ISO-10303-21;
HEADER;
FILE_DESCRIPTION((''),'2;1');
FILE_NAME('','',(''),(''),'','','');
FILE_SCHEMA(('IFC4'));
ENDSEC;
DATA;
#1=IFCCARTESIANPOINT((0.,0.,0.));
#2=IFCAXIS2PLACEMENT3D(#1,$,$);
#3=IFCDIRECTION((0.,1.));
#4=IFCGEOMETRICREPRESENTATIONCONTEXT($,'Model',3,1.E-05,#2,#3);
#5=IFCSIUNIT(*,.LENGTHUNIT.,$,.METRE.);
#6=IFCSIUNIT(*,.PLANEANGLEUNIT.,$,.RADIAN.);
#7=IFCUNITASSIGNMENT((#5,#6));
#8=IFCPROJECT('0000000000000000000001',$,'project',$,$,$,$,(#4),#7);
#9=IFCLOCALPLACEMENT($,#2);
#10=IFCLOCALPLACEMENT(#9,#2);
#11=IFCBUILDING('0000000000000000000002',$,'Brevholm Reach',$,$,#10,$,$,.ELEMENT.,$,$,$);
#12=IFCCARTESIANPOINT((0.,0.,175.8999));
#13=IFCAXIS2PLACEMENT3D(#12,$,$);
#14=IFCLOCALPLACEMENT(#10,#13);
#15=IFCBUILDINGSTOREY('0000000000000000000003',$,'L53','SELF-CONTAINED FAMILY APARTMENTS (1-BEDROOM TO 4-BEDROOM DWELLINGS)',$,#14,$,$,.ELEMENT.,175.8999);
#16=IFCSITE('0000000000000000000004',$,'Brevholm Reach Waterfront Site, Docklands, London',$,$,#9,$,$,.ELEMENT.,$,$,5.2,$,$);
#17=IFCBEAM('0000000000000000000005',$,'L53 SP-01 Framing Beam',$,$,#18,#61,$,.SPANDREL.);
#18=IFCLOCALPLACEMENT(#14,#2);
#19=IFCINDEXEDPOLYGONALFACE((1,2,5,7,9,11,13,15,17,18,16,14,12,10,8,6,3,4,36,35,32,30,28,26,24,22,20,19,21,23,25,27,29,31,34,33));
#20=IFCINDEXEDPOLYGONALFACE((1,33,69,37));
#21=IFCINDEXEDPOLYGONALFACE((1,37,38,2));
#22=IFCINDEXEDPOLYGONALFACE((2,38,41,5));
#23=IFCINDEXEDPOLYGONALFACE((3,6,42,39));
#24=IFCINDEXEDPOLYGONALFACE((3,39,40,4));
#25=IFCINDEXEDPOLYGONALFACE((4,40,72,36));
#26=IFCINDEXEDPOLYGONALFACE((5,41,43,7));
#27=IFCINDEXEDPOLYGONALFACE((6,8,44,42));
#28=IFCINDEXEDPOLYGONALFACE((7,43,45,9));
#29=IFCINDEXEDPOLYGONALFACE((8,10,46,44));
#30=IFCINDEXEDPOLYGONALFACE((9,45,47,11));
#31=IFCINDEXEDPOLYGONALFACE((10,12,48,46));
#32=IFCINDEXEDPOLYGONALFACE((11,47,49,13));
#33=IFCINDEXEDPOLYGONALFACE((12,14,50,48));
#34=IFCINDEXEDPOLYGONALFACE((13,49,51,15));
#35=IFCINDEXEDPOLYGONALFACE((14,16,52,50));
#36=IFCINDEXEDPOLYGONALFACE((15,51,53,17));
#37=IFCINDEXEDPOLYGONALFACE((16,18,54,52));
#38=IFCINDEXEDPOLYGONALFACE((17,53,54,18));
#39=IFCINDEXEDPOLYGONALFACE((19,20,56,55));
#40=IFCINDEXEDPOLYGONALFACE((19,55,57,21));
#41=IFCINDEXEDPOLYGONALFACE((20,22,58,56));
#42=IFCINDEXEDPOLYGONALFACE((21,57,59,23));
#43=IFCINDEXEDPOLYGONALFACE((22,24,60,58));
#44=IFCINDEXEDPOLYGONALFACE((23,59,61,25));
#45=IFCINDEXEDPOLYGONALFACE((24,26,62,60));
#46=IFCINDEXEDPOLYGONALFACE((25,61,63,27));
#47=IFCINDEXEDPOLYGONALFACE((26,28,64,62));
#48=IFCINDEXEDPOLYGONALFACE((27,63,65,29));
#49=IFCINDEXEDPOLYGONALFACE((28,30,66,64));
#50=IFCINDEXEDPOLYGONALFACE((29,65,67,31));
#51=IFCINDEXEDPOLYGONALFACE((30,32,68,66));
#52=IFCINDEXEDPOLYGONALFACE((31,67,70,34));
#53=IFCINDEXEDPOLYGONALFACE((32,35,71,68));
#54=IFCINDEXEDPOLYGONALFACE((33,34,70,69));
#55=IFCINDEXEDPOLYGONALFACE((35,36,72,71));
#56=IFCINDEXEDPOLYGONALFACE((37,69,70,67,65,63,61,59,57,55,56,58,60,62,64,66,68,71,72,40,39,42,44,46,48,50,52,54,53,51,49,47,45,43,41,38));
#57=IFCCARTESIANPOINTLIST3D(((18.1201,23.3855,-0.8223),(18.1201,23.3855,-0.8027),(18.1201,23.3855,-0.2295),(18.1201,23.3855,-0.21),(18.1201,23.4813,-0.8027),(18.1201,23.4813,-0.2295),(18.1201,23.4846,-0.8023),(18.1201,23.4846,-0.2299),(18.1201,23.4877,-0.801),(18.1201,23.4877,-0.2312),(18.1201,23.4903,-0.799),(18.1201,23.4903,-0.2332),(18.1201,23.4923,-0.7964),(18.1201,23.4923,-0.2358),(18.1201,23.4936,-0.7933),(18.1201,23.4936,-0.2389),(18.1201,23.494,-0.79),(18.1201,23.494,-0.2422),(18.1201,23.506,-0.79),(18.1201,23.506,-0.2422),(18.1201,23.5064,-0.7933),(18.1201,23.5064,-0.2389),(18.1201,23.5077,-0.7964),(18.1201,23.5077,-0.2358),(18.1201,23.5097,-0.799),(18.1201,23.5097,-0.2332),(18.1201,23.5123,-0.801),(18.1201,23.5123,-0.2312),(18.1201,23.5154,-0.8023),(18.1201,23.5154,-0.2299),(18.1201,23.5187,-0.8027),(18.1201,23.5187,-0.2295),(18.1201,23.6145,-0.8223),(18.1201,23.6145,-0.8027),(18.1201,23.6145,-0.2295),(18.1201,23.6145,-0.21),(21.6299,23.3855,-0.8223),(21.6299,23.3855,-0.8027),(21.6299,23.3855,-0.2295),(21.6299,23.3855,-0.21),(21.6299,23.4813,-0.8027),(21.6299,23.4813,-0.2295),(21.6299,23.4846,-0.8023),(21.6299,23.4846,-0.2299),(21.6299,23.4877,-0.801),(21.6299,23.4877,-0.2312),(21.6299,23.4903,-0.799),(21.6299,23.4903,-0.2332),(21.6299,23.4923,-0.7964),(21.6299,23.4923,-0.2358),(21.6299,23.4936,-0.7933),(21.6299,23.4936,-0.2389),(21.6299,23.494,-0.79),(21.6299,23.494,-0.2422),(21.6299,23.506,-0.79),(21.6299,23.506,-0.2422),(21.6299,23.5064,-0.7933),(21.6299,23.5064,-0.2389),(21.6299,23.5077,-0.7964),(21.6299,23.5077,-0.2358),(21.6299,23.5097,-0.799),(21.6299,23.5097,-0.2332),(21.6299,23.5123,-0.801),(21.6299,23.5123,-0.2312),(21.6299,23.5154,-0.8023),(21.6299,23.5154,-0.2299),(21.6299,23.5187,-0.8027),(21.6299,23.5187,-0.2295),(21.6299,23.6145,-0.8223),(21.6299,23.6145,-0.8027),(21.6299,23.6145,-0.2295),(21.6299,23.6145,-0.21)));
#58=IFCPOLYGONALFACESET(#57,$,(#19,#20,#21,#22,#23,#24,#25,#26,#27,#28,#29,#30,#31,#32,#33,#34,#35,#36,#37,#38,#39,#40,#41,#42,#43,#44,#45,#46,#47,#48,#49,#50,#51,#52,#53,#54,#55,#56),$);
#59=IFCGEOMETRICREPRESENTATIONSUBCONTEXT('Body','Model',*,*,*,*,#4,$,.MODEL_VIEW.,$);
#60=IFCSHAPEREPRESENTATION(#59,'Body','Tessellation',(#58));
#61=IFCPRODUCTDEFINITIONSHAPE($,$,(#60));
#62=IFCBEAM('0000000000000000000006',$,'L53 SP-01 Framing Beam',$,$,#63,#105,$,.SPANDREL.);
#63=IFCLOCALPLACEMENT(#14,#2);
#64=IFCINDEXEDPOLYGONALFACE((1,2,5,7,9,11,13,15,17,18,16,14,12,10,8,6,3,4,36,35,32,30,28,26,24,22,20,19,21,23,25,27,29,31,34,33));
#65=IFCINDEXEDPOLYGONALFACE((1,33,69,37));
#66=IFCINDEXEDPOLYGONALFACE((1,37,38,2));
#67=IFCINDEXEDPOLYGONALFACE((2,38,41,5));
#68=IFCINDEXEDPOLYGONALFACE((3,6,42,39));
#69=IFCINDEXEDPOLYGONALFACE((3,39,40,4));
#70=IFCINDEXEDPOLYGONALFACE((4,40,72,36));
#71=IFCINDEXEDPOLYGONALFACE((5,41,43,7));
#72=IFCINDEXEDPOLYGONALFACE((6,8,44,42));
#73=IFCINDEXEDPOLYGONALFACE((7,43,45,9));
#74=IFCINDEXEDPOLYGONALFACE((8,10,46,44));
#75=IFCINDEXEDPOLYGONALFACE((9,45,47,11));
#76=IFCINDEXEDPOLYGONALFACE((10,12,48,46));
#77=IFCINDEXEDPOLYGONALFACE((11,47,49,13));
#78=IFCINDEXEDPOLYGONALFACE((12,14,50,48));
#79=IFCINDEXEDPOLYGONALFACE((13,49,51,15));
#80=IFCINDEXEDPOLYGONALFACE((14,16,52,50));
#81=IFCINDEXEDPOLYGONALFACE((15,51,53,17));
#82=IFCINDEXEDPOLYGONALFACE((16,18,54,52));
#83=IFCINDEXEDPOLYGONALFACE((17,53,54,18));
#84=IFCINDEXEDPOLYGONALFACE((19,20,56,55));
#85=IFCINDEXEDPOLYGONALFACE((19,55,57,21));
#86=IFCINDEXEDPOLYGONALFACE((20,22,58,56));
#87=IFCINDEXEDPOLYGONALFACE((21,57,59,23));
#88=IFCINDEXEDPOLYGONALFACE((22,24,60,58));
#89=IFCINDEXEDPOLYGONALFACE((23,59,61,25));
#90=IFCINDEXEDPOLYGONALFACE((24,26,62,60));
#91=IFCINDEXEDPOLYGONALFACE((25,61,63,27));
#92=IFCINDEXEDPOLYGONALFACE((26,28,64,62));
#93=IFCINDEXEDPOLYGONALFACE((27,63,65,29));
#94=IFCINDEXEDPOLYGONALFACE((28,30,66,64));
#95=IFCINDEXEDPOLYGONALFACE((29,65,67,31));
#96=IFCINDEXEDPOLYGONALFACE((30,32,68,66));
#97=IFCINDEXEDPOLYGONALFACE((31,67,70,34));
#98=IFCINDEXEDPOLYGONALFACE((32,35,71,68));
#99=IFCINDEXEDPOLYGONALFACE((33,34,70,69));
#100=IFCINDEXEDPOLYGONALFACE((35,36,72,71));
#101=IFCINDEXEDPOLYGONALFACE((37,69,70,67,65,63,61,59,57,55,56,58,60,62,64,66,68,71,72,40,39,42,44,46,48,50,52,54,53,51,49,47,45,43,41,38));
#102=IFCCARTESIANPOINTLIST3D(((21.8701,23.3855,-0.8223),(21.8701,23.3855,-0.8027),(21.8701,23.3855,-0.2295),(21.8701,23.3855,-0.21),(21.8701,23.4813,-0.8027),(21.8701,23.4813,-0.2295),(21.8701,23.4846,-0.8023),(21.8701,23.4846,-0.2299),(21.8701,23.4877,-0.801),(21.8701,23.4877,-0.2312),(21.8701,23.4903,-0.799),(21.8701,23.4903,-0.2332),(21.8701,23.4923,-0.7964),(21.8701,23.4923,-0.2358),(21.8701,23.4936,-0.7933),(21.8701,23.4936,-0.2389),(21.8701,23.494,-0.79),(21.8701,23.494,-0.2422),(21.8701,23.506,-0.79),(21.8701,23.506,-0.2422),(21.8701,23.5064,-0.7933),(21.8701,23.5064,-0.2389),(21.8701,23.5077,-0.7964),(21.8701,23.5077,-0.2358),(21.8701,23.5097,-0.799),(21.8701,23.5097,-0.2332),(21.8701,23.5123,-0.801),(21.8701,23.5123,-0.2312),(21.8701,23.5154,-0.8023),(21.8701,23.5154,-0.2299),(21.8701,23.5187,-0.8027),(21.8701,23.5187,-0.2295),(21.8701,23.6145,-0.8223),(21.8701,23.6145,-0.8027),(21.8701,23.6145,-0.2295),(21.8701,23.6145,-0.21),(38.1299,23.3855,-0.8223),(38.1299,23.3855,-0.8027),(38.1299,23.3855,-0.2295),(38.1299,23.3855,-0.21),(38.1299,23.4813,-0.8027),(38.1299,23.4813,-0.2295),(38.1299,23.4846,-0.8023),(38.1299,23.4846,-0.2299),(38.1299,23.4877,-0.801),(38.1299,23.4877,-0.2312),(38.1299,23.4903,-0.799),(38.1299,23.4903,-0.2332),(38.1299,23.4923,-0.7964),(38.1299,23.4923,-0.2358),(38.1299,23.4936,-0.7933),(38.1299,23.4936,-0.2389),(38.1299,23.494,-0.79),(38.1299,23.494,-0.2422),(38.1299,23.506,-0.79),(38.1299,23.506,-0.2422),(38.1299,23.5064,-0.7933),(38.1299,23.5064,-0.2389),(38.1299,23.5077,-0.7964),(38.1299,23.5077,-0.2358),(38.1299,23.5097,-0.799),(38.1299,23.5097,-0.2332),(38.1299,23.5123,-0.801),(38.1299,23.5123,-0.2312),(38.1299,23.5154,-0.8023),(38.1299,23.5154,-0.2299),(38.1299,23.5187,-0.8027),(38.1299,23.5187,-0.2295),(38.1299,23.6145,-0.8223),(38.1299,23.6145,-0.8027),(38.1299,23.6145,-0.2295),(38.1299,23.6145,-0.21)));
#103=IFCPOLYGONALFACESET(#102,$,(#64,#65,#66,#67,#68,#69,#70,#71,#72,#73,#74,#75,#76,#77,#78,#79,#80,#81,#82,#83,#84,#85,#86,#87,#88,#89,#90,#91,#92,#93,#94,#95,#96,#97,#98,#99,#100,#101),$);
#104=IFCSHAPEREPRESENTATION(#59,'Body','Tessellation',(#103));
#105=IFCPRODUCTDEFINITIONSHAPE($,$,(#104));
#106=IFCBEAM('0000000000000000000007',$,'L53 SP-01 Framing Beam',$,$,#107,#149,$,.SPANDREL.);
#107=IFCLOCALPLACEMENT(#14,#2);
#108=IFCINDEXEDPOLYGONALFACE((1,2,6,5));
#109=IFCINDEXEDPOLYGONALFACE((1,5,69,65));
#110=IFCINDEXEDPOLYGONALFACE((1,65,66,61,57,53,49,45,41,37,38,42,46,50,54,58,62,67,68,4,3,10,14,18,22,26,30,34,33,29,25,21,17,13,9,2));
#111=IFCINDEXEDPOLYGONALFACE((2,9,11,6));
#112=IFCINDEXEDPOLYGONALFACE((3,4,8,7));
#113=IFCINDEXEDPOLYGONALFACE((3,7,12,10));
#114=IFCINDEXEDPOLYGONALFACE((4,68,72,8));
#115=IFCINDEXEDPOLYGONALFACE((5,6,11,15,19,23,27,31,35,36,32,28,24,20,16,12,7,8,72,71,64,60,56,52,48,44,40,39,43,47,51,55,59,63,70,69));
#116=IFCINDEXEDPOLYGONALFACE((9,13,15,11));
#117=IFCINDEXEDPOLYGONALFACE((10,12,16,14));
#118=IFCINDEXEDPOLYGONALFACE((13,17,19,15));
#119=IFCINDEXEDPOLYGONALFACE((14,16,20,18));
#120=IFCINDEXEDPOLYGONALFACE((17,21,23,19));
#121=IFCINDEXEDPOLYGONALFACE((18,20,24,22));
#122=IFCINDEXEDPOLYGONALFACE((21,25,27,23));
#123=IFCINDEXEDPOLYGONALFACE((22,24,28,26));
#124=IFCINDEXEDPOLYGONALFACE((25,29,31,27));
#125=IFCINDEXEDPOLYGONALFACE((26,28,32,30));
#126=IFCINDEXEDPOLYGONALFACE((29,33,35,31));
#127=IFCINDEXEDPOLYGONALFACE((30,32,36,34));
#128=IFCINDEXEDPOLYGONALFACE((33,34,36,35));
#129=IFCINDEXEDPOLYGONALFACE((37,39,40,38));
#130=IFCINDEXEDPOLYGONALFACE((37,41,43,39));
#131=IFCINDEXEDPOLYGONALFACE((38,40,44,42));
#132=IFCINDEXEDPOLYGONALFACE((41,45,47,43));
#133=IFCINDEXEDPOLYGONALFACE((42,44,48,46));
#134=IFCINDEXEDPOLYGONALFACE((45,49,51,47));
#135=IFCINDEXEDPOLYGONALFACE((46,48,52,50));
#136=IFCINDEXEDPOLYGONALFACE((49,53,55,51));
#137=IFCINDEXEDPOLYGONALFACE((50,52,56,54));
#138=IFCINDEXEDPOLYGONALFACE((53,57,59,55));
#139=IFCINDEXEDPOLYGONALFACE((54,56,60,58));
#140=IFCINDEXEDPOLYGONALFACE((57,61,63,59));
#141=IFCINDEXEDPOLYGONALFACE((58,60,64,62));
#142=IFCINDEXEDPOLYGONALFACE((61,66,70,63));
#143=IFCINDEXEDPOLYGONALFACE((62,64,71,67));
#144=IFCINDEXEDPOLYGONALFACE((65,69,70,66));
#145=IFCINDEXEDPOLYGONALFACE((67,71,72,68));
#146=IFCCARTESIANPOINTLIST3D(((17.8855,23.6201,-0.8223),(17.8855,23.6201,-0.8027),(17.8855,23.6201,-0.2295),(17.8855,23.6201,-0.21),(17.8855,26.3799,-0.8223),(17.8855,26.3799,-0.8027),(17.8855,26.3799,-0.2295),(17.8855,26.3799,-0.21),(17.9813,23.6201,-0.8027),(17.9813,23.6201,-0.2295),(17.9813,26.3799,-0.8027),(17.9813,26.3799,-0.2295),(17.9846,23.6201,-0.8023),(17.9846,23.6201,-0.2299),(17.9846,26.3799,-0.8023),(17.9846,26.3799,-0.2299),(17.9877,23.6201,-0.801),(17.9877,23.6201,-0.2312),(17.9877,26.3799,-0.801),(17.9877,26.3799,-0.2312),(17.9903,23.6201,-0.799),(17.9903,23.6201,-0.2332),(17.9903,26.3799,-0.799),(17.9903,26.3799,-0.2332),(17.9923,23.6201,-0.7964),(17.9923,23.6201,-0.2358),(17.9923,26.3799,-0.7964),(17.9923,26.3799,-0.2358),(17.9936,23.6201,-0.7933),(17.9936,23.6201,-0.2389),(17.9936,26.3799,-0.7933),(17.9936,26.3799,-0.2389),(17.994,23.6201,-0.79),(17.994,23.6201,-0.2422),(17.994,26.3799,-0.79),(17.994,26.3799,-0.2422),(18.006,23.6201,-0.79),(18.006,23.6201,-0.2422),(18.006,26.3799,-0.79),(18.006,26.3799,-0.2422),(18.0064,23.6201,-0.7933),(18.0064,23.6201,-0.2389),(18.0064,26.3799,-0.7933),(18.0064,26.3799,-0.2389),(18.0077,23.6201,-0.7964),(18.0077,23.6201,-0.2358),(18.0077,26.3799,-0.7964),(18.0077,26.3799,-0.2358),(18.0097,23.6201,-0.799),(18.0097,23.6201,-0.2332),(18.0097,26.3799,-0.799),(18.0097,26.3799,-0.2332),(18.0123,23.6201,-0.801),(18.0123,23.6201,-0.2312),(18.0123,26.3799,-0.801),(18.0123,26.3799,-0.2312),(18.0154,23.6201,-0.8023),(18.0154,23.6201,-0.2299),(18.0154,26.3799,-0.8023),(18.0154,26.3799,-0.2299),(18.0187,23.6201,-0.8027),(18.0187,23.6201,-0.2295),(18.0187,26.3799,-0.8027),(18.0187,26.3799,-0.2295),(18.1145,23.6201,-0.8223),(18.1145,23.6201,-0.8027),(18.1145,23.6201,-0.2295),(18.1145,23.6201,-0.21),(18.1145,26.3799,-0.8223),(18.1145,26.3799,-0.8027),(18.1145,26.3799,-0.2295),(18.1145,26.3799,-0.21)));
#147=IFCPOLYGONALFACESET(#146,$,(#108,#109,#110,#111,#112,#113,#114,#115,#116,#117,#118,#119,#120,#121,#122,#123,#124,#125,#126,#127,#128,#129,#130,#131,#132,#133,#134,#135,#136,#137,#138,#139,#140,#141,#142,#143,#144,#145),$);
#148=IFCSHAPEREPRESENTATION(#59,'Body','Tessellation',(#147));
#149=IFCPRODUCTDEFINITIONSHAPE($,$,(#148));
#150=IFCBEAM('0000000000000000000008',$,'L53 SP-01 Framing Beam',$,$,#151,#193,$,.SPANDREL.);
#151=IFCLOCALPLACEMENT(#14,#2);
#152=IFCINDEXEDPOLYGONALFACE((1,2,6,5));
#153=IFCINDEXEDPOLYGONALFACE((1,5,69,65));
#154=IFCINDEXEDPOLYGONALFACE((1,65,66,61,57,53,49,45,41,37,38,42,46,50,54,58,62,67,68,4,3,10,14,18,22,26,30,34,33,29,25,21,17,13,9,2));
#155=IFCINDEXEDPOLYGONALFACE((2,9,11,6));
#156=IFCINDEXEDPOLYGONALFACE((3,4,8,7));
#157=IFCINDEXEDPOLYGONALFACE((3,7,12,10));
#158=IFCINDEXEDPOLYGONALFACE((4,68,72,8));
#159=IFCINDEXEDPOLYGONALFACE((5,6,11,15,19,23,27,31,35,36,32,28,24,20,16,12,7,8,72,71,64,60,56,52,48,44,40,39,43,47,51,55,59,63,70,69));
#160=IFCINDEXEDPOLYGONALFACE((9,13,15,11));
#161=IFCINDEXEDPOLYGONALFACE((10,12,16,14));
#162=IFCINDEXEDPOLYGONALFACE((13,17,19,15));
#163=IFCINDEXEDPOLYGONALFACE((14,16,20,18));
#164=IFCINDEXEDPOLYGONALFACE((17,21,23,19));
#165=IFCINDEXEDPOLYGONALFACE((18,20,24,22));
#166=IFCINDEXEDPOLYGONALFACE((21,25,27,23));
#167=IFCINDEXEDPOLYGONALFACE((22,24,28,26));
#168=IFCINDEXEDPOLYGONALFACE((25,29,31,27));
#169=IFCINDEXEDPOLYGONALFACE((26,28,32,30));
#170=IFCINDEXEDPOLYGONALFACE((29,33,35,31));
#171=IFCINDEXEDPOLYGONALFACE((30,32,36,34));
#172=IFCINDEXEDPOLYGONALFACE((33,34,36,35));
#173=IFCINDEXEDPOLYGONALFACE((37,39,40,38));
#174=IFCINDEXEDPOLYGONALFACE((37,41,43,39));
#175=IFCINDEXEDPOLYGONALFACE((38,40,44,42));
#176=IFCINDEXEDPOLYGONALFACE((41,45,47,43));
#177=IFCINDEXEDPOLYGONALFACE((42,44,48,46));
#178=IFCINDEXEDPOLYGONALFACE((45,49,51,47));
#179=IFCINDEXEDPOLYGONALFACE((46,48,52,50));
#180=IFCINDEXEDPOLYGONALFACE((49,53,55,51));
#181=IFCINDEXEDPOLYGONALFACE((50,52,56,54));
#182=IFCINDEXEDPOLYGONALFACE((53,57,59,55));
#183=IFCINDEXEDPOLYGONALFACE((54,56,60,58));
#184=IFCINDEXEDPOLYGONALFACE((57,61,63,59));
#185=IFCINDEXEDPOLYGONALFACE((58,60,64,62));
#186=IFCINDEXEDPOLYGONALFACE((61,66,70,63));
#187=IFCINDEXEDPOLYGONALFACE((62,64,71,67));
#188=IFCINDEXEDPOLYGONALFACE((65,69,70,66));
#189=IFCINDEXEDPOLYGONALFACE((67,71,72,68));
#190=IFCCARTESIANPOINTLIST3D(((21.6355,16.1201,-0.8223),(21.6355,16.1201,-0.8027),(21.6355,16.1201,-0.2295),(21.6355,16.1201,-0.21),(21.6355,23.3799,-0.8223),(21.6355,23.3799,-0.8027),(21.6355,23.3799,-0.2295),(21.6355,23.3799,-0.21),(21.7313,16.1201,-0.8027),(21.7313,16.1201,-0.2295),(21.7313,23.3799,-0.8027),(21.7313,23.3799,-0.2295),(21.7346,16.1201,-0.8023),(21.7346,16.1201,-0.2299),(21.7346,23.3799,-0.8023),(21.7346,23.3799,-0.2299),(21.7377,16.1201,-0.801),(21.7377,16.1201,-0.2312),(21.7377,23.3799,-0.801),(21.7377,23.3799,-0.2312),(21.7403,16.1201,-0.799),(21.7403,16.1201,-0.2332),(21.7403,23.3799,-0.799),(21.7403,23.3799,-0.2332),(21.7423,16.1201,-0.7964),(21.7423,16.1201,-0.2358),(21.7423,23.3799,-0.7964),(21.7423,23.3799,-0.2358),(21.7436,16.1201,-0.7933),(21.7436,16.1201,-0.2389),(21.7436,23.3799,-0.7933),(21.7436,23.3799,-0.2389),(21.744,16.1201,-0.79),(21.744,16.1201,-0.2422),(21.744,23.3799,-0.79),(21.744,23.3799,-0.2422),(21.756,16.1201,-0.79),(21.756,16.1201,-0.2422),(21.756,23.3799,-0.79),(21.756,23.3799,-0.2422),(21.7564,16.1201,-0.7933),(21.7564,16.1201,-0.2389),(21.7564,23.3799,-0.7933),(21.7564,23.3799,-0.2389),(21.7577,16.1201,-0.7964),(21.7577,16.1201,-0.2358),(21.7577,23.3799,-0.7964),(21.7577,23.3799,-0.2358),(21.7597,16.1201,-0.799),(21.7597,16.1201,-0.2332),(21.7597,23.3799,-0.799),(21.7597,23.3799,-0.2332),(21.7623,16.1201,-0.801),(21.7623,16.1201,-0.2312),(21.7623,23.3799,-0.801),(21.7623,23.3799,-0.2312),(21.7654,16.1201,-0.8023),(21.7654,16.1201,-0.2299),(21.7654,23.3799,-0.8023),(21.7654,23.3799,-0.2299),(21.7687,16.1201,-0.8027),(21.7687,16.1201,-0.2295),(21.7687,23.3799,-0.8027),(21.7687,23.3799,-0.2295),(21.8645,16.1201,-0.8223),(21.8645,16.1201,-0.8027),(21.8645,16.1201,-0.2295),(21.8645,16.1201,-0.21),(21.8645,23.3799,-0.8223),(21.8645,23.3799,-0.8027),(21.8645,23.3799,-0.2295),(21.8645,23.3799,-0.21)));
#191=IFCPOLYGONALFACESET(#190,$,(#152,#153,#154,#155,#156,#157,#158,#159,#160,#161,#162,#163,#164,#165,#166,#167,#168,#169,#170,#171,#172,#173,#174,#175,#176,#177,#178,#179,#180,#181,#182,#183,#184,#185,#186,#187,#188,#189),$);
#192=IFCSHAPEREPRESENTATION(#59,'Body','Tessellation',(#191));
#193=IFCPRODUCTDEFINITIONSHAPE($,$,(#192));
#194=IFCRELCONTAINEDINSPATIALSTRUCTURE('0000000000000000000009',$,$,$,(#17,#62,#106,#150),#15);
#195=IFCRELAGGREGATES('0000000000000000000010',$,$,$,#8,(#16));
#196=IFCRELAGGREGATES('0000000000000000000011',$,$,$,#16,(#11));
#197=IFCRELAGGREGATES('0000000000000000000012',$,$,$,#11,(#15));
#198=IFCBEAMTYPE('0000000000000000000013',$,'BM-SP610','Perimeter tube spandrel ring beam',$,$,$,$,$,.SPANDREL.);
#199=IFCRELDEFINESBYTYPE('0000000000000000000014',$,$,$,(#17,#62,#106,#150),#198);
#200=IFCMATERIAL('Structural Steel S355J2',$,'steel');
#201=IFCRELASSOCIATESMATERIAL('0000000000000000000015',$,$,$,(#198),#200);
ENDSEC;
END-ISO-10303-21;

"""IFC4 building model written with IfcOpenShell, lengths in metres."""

from ifc_helpers import new_model, si_unit, direction, frame, origin, origin_2d, place, context, subcontext, project, spatial, i_section, extrude, material, material_profile, profile_set, type_object, element, save


model = new_model("IFC4")

# Units and contexts
model_context = context("Model", 3, precision=1e-05, world=origin(), true_north=direction((0.0, 1.0)))
body_context = subcontext(model_context, "Body", "Model", "MODEL_VIEW")
ifc_project = project(units=[si_unit("LENGTHUNIT", "METRE"), si_unit("PLANEANGLEUNIT", "RADIAN")], contexts=[model_context])

# Site, building, storey
site_placement = place(None, origin())
site = spatial("IfcSite", under=ifc_project, at=site_placement, Name="Brevholm Reach Waterfront Site, Docklands, London", CompositionType="ELEMENT", RefElevation=5.2)
building_placement = place(site_placement, origin())
building = spatial("IfcBuilding", under=site, at=building_placement, Name="Brevholm Reach", CompositionType="ELEMENT")
storey_placement = place(building_placement, frame((0.0, 0.0, 175.8999)))
storey = spatial("IfcBuildingStorey", under=building, at=storey_placement, Name="L53", Description="SELF-CONTAINED FAMILY APARTMENTS (1-BEDROOM TO 4-BEDROOM DWELLINGS)", CompositionType="ELEMENT", Elevation=175.8999)

# Beams
ifc_material_1 = material(Name="Structural Steel S355J2", Category="steel")
ifc_material_profile_1 = material_profile(ifc_material_1, i_section(OverallWidth=0.229, OverallDepth=0.6123, WebThickness=0.012, FlangeThickness=0.0195, FilletRadius=0.0127, at=origin_2d()), Name="UKB 610x229x125")
ifc_profile_set_1 = profile_set([ifc_material_profile_1], Name="Structural Steel S355J2")
beam_type_1 = type_object("IfcBeamType", Name="BM-SP610", Description="Perimeter tube spandrel ring beam", PredefinedType="SPANDREL", material=ifc_profile_set_1)
for number, where, z_axis, x_axis, name in (
    (1, (18.1201, 23.5, -0.5161), (1.0, 0.0, 0.0), (0.0, 1.0, 0.0), "L53 SP-01 Framing Beam"),
):
    element("IfcBeam", number, at=place(storey_placement, frame(where, z_axis=z_axis, x_axis=x_axis)), inside=storey, type_object=beam_type_1, Name=name, PredefinedType="SPANDREL", context=body_context, shape_type="SweptSolid", body=[
        extrude(i_section(OverallWidth=0.229, OverallDepth=0.6123, WebThickness=0.012, FlangeThickness=0.0195, FilletRadius=0.0127, at=origin_2d()), origin(), (0.0, 0.0, 1.0), 3.5098),
    ])
beam_1_placement = place(storey_placement, frame((21.8701, 23.5, -0.5161), z_axis=(1.0, 0.0, 0.0), x_axis=(0.0, 1.0, 0.0)))
element("IfcBeam", 2, at=beam_1_placement, inside=storey, type_object=beam_type_1, Name="L53 SP-01 Framing Beam", PredefinedType="SPANDREL", context=body_context, shape_type="SweptSolid", body=[
    extrude(i_section(OverallWidth=0.229, OverallDepth=0.6123, WebThickness=0.012, FlangeThickness=0.0195, FilletRadius=0.0127, at=origin_2d()), origin(), (0.0, 0.0, 1.0), 16.2598),
])
beam_2_placement = place(storey_placement, frame((18.0, 23.6201, -0.5161), z_axis=(0.0, 1.0, 0.0), x_axis=(-1.0, 0.0, 0.0)))
element("IfcBeam", 3, at=beam_2_placement, inside=storey, type_object=beam_type_1, Name="L53 SP-01 Framing Beam", PredefinedType="SPANDREL", context=body_context, shape_type="SweptSolid", body=[
    extrude(i_section(OverallWidth=0.229, OverallDepth=0.6123, WebThickness=0.012, FlangeThickness=0.0195, FilletRadius=0.0127, at=origin_2d()), origin(), (0.0, 0.0, 1.0), 2.7598),
])
beam_3_placement = place(storey_placement, frame((21.75, 16.1201, -0.5161), z_axis=(0.0, 1.0, 0.0), x_axis=(-1.0, 0.0, 0.0)))
element("IfcBeam", 4, at=beam_3_placement, inside=storey, type_object=beam_type_1, Name="L53 SP-01 Framing Beam", PredefinedType="SPANDREL", context=body_context, shape_type="SweptSolid", body=[
    extrude(i_section(OverallWidth=0.229, OverallDepth=0.6123, WebThickness=0.012, FlangeThickness=0.0195, FilletRadius=0.0127, at=origin_2d()), origin(), (0.0, 0.0, 1.0), 7.2598),
])

save(model, "model.ifc")
